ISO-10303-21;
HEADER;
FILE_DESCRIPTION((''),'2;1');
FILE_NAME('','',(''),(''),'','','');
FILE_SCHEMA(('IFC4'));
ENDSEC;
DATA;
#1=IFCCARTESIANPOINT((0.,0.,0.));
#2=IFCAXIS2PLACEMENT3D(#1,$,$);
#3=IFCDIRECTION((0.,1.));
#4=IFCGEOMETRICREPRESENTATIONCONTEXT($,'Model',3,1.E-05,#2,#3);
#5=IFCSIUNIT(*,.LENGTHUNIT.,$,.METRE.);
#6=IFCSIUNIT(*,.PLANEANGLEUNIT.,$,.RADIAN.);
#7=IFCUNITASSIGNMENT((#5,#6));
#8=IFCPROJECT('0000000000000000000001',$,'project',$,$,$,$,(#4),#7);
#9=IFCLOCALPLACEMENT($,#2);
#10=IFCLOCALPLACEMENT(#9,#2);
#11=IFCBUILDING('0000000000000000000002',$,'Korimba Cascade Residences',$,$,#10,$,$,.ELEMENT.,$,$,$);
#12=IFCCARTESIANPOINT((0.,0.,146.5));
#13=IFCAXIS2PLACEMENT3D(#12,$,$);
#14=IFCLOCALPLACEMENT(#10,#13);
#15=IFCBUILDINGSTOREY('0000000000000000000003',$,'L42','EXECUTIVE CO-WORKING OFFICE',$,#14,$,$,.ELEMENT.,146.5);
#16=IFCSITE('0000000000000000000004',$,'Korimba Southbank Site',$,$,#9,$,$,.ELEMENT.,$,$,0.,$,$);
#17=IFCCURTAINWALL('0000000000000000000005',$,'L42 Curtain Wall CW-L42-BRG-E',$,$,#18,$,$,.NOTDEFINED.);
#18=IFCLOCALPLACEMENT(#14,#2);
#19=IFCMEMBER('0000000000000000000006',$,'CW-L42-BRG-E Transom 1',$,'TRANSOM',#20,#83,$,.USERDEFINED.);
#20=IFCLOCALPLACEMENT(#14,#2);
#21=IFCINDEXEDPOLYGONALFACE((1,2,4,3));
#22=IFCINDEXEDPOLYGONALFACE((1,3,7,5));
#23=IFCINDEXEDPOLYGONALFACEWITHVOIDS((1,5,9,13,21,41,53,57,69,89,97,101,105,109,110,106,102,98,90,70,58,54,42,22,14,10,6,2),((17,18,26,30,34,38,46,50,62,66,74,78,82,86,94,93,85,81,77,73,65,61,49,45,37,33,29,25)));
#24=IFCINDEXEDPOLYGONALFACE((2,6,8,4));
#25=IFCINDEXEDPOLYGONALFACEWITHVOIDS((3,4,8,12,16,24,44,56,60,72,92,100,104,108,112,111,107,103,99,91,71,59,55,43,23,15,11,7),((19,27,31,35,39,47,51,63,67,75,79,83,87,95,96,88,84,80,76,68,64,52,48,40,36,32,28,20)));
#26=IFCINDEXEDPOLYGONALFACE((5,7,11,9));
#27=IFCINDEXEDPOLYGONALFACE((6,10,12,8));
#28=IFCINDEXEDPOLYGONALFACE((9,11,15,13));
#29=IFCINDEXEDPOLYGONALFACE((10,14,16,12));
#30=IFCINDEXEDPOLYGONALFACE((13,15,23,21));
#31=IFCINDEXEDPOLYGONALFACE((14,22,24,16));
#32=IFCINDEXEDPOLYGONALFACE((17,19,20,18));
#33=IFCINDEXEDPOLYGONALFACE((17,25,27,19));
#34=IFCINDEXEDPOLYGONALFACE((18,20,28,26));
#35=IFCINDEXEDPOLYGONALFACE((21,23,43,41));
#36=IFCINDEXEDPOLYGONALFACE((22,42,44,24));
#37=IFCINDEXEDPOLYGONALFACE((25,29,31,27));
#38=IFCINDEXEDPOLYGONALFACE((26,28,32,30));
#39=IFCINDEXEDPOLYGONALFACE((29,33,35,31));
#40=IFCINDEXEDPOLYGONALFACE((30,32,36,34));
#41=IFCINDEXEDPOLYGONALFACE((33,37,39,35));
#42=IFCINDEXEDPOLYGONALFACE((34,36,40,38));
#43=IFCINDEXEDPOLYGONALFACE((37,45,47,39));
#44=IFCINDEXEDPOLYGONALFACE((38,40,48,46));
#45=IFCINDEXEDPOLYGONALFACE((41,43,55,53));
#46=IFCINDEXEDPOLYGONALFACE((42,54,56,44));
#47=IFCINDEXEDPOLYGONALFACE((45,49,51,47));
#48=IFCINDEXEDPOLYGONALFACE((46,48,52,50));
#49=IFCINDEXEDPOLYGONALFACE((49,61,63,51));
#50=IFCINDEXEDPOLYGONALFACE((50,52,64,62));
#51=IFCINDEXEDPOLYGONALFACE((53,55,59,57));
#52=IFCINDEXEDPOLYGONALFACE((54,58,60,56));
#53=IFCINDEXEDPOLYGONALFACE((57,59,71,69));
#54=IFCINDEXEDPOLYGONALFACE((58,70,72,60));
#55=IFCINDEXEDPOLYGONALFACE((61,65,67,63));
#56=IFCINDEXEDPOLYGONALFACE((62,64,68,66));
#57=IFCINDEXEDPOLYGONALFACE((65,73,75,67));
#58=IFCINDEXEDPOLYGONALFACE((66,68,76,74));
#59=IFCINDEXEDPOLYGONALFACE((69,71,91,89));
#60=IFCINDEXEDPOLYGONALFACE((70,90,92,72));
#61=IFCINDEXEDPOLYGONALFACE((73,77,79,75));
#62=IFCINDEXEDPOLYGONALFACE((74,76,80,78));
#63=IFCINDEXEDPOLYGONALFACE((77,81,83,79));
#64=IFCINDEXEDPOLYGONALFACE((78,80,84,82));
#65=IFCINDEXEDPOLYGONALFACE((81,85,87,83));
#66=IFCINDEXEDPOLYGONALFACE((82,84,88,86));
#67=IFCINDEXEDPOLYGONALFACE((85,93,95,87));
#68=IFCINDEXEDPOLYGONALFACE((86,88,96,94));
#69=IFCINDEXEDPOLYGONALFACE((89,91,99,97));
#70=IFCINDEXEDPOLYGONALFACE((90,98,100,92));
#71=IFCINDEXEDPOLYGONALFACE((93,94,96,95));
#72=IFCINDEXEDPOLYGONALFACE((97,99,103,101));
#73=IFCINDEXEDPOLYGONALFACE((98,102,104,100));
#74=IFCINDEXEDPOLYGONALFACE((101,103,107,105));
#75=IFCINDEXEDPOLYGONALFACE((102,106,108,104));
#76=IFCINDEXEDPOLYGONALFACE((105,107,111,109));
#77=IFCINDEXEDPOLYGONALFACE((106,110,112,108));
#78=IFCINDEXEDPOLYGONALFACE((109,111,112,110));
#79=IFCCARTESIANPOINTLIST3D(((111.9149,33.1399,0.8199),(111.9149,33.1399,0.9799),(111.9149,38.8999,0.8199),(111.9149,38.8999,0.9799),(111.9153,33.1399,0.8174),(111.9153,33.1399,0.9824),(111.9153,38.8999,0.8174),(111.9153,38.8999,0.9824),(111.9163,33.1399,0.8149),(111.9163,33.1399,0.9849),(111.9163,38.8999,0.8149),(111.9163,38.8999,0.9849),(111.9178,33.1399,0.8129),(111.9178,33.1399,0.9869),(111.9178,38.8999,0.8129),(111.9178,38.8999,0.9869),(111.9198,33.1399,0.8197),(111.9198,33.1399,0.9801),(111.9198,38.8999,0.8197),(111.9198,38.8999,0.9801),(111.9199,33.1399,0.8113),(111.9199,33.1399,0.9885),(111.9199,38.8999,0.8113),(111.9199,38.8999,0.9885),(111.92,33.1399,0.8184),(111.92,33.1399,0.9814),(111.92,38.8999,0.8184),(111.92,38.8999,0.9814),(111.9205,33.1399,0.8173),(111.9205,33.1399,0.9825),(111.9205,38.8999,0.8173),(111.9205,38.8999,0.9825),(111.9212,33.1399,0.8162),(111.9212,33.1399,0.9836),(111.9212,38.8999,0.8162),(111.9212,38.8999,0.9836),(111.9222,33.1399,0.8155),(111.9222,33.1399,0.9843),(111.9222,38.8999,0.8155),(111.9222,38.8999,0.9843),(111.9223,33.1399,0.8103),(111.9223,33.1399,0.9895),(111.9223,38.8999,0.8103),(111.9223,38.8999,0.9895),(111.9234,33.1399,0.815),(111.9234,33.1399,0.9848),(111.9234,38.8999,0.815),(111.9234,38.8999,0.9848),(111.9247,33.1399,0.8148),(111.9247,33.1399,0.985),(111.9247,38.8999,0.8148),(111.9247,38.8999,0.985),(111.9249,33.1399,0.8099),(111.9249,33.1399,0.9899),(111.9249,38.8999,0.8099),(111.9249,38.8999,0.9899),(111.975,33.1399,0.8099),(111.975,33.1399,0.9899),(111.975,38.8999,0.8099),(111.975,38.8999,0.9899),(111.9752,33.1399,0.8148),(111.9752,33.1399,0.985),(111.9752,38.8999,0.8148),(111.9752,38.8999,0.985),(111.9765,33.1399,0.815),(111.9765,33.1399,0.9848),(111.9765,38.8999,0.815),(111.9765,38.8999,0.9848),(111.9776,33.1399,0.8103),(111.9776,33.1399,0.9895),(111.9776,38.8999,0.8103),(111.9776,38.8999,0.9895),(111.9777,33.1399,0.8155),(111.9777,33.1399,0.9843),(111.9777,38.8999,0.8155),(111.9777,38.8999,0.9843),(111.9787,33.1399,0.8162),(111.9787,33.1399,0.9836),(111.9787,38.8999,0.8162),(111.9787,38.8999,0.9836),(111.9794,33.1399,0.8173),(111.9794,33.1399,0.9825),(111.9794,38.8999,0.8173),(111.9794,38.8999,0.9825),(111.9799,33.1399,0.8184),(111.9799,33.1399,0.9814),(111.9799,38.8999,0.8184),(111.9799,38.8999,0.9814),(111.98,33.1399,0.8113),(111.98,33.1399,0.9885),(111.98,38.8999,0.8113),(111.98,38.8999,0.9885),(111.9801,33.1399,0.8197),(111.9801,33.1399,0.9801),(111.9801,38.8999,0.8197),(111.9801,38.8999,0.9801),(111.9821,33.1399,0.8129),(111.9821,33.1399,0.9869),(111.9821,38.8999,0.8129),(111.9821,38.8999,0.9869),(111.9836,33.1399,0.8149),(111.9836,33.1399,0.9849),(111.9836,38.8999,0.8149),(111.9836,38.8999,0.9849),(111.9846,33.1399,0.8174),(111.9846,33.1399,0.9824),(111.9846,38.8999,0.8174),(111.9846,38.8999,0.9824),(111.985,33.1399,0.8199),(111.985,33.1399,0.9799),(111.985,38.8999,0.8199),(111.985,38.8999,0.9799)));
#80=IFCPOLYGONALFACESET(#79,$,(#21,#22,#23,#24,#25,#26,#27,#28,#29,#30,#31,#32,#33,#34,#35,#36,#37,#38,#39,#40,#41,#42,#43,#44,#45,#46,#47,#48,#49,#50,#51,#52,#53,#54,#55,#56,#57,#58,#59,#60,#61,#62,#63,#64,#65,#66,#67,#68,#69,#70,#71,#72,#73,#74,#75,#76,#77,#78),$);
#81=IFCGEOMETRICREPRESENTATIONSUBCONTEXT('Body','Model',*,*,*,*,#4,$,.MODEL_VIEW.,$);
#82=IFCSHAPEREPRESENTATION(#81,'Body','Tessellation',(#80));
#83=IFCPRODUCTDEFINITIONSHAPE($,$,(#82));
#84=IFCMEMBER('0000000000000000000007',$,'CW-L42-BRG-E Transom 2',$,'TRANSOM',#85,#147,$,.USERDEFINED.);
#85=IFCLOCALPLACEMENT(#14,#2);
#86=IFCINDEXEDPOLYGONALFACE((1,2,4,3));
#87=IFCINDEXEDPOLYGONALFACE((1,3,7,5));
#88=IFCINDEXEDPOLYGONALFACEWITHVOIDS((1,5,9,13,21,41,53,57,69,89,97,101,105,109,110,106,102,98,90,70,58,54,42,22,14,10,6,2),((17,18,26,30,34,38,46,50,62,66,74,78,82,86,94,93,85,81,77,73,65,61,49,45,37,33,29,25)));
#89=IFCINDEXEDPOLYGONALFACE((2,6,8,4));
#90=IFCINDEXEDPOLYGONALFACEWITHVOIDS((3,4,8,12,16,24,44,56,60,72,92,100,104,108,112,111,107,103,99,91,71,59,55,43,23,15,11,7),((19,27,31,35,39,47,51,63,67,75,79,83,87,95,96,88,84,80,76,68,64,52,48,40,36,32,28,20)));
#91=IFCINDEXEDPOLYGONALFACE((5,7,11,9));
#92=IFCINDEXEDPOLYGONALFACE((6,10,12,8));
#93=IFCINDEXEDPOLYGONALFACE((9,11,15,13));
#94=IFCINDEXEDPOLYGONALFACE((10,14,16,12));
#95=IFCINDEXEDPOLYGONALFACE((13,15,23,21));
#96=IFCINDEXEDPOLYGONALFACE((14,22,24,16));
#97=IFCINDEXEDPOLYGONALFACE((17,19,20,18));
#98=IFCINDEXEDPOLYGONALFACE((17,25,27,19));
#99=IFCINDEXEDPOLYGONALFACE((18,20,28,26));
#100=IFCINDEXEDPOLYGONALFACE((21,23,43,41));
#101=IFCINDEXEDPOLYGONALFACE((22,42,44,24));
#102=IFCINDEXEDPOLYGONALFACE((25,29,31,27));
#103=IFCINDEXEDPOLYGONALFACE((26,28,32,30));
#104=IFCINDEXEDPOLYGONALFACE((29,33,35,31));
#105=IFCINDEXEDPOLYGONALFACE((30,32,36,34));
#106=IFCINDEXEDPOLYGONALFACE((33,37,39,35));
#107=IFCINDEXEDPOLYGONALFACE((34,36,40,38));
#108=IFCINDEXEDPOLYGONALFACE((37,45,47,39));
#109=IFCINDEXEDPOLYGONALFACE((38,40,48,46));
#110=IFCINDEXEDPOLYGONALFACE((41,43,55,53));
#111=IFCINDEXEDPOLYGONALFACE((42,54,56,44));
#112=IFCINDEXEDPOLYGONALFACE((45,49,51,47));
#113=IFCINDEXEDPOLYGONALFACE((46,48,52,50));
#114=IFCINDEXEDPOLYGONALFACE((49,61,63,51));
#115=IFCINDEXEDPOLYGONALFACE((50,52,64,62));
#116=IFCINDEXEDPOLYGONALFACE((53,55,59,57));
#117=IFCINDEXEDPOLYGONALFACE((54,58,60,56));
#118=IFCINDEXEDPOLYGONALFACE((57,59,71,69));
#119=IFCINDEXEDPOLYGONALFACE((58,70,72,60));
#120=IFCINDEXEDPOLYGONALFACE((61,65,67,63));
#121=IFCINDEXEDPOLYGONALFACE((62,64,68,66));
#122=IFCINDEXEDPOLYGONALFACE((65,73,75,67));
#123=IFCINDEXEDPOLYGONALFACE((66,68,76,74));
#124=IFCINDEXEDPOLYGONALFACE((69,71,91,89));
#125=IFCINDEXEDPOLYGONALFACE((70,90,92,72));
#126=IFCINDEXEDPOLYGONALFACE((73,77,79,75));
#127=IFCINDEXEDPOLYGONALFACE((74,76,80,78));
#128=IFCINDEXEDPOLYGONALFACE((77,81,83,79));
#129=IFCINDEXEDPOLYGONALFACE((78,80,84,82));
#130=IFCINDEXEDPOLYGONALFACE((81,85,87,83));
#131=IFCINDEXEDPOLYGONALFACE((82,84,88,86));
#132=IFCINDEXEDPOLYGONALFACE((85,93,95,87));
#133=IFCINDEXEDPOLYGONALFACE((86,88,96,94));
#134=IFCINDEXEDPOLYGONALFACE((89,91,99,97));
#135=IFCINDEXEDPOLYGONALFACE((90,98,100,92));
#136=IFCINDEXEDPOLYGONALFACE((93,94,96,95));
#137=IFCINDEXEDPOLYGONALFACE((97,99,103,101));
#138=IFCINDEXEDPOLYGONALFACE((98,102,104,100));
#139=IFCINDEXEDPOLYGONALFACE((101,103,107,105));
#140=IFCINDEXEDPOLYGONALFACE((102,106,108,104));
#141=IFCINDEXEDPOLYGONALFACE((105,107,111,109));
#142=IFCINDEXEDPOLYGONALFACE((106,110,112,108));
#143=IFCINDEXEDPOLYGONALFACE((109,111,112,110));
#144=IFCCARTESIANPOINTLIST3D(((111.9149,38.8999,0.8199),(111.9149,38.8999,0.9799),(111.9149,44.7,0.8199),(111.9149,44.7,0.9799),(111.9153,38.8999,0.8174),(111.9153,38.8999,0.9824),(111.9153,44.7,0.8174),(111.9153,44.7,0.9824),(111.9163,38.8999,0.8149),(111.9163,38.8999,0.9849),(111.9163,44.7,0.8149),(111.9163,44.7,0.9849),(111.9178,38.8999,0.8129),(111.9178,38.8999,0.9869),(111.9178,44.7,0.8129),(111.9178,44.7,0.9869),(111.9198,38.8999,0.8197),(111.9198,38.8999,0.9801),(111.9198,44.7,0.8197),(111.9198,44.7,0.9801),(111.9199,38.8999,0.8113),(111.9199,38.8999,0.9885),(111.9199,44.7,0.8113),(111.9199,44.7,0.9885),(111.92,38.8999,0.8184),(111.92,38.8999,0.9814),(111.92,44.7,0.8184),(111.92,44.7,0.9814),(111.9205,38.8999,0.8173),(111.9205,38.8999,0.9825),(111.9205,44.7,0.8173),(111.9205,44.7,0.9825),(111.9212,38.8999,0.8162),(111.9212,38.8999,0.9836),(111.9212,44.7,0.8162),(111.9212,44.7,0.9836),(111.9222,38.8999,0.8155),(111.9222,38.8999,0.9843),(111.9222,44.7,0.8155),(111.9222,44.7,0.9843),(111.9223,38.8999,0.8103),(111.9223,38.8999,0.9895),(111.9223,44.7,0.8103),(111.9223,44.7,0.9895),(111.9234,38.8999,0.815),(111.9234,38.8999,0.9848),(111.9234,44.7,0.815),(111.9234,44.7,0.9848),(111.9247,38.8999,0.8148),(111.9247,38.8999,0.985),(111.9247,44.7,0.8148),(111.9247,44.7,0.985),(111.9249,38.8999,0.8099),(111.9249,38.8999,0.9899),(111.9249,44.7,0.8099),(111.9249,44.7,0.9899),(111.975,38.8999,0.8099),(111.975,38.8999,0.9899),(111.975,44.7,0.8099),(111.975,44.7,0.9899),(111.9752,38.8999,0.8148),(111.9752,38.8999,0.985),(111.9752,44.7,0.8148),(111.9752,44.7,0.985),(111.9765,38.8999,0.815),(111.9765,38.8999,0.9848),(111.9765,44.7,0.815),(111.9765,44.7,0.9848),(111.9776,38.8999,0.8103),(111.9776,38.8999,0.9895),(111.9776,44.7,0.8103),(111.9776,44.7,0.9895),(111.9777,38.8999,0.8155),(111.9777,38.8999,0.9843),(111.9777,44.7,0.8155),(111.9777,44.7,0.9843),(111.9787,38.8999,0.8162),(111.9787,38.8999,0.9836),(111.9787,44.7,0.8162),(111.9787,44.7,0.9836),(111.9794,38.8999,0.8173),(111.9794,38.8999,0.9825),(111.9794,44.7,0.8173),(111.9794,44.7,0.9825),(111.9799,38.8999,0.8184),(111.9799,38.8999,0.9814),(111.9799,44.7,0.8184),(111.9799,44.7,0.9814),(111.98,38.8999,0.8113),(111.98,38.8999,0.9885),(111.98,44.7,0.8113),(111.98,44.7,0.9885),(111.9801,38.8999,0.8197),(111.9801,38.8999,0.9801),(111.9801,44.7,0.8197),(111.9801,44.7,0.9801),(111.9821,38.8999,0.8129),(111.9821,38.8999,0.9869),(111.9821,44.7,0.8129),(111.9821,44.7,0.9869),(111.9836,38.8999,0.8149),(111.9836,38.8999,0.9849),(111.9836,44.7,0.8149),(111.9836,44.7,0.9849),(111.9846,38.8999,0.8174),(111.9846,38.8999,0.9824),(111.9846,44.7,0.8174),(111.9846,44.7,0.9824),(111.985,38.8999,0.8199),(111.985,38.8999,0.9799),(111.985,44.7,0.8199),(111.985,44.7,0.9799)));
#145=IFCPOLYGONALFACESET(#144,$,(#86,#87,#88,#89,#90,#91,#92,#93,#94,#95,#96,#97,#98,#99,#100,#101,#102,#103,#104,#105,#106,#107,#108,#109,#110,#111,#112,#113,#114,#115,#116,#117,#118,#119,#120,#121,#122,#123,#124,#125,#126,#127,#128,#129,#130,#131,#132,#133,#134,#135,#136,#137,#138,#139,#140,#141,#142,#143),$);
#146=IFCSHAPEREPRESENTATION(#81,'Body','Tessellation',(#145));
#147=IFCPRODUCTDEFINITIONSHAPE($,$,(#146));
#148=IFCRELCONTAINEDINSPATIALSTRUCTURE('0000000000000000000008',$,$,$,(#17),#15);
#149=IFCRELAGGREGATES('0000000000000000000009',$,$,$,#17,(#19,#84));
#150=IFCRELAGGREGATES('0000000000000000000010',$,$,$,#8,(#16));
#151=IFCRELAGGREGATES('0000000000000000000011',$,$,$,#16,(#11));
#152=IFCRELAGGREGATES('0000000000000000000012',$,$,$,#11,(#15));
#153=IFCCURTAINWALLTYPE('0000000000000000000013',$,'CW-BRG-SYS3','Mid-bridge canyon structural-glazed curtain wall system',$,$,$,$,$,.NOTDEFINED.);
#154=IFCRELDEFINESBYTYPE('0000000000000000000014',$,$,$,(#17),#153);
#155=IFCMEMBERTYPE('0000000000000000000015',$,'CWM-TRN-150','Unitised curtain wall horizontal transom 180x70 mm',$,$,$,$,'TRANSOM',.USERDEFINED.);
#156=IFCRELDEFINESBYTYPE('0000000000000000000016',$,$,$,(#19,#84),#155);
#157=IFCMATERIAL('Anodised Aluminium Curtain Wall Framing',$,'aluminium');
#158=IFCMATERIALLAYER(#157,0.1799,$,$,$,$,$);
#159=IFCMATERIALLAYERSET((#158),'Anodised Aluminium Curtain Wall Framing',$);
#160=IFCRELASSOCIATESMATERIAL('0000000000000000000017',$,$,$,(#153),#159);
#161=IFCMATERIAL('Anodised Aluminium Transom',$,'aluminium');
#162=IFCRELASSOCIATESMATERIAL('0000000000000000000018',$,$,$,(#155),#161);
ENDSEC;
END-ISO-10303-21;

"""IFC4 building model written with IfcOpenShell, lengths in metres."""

from ifc_helpers import new_model, si_unit, direction, frame, origin, origin_2d, place, context, subcontext, project, spatial, hollow_rectangle, extrude, material, layer, layer_set, material_profile, profile_set, type_object, element, aggregate, save


model = new_model("IFC4")

# Units and contexts
model_context = context("Model", 3, precision=1e-05, world=origin(), true_north=direction((0.0, 1.0)))
body_context = subcontext(model_context, "Body", "Model", "MODEL_VIEW")
ifc_project = project(units=[si_unit("LENGTHUNIT", "METRE"), si_unit("PLANEANGLEUNIT", "RADIAN")], contexts=[model_context])

# Site, building, storey
site_placement = place(None, origin())
site = spatial("IfcSite", under=ifc_project, at=site_placement, Name="Korimba Southbank Site", CompositionType="ELEMENT", RefElevation=0.0)
building_placement = place(site_placement, origin())
building = spatial("IfcBuilding", under=site, at=building_placement, Name="Korimba Cascade Residences", CompositionType="ELEMENT")
storey_placement = place(building_placement, frame((0.0, 0.0, 146.5)))
storey = spatial("IfcBuildingStorey", under=building, at=storey_placement, Name="L42", Description="EXECUTIVE CO-WORKING OFFICE", CompositionType="ELEMENT", Elevation=146.5)

# Curtain wall, members
ifc_material_1 = material(Name="Anodised Aluminium Curtain Wall Framing", Category="aluminium")
ifc_layer_1 = layer(ifc_material_1, 0.1799)
ifc_layer_set_1 = layer_set([ifc_layer_1], Name="Anodised Aluminium Curtain Wall Framing")
curtain_wall_type = type_object("IfcCurtainWallType", Name="CW-BRG-SYS3", Description="Mid-bridge canyon structural-glazed curtain wall system", PredefinedType="NOTDEFINED", material=ifc_layer_set_1)
curtain_wall_placement = place(storey_placement, origin())
curtain_wall = element("IfcCurtainWall", 1, at=curtain_wall_placement, inside=storey, type_object=curtain_wall_type, Name="L42 Curtain Wall CW-L42-BRG-E", PredefinedType="NOTDEFINED")
ifc_material_2 = material(Name="Anodised Aluminium Transom", Category="aluminium")
ifc_material_profile_1 = material_profile(ifc_material_2, hollow_rectangle(XDim=0.0701, YDim=0.1799, WallThickness=0.0049, InnerFilletRadius=0.0049, OuterFilletRadius=0.01, at=origin_2d()), Name="Anodised Aluminium Transom")
ifc_profile_set_1 = profile_set([ifc_material_profile_1], Name="Anodised Aluminium Transom")
member_type_1 = type_object("IfcMemberType", Name="CWM-TRN-150", Description="Unitised curtain wall horizontal transom 180x70 mm", ElementType="TRANSOM", PredefinedType="USERDEFINED", material=ifc_profile_set_1)
member_1_placement = place(storey_placement, frame((111.95, 33.1399, 0.8999), z_axis=(0.0, 1.0, 0.0), x_axis=(-1.0, 0.0, 0.0)))
member_1 = element("IfcMember", 2, at=member_1_placement, type_object=member_type_1, Name="CW-L42-BRG-E Transom 1", ObjectType="TRANSOM", PredefinedType="USERDEFINED", context=body_context, shape_type="SweptSolid", body=[
    extrude(hollow_rectangle(XDim=0.0701, YDim=0.1799, WallThickness=0.0049, InnerFilletRadius=0.0049, OuterFilletRadius=0.01, at=origin_2d()), origin(), (0.0, 0.0, 1.0), 5.76),
])
member_2_placement = place(storey_placement, frame((111.95, 38.8999, 0.8999), z_axis=(0.0, 1.0, 0.0), x_axis=(-1.0, 0.0, 0.0)))
member_2 = element("IfcMember", 3, at=member_2_placement, type_object=member_type_1, Name="CW-L42-BRG-E Transom 2", ObjectType="TRANSOM", PredefinedType="USERDEFINED", context=body_context, shape_type="SweptSolid", body=[
    extrude(hollow_rectangle(XDim=0.0701, YDim=0.1799, WallThickness=0.0049, InnerFilletRadius=0.0049, OuterFilletRadius=0.01, at=origin_2d()), origin(), (0.0, 0.0, 1.0), 5.8),
])

aggregate(curtain_wall, [member_1, member_2])

save(model, "model.ifc")
